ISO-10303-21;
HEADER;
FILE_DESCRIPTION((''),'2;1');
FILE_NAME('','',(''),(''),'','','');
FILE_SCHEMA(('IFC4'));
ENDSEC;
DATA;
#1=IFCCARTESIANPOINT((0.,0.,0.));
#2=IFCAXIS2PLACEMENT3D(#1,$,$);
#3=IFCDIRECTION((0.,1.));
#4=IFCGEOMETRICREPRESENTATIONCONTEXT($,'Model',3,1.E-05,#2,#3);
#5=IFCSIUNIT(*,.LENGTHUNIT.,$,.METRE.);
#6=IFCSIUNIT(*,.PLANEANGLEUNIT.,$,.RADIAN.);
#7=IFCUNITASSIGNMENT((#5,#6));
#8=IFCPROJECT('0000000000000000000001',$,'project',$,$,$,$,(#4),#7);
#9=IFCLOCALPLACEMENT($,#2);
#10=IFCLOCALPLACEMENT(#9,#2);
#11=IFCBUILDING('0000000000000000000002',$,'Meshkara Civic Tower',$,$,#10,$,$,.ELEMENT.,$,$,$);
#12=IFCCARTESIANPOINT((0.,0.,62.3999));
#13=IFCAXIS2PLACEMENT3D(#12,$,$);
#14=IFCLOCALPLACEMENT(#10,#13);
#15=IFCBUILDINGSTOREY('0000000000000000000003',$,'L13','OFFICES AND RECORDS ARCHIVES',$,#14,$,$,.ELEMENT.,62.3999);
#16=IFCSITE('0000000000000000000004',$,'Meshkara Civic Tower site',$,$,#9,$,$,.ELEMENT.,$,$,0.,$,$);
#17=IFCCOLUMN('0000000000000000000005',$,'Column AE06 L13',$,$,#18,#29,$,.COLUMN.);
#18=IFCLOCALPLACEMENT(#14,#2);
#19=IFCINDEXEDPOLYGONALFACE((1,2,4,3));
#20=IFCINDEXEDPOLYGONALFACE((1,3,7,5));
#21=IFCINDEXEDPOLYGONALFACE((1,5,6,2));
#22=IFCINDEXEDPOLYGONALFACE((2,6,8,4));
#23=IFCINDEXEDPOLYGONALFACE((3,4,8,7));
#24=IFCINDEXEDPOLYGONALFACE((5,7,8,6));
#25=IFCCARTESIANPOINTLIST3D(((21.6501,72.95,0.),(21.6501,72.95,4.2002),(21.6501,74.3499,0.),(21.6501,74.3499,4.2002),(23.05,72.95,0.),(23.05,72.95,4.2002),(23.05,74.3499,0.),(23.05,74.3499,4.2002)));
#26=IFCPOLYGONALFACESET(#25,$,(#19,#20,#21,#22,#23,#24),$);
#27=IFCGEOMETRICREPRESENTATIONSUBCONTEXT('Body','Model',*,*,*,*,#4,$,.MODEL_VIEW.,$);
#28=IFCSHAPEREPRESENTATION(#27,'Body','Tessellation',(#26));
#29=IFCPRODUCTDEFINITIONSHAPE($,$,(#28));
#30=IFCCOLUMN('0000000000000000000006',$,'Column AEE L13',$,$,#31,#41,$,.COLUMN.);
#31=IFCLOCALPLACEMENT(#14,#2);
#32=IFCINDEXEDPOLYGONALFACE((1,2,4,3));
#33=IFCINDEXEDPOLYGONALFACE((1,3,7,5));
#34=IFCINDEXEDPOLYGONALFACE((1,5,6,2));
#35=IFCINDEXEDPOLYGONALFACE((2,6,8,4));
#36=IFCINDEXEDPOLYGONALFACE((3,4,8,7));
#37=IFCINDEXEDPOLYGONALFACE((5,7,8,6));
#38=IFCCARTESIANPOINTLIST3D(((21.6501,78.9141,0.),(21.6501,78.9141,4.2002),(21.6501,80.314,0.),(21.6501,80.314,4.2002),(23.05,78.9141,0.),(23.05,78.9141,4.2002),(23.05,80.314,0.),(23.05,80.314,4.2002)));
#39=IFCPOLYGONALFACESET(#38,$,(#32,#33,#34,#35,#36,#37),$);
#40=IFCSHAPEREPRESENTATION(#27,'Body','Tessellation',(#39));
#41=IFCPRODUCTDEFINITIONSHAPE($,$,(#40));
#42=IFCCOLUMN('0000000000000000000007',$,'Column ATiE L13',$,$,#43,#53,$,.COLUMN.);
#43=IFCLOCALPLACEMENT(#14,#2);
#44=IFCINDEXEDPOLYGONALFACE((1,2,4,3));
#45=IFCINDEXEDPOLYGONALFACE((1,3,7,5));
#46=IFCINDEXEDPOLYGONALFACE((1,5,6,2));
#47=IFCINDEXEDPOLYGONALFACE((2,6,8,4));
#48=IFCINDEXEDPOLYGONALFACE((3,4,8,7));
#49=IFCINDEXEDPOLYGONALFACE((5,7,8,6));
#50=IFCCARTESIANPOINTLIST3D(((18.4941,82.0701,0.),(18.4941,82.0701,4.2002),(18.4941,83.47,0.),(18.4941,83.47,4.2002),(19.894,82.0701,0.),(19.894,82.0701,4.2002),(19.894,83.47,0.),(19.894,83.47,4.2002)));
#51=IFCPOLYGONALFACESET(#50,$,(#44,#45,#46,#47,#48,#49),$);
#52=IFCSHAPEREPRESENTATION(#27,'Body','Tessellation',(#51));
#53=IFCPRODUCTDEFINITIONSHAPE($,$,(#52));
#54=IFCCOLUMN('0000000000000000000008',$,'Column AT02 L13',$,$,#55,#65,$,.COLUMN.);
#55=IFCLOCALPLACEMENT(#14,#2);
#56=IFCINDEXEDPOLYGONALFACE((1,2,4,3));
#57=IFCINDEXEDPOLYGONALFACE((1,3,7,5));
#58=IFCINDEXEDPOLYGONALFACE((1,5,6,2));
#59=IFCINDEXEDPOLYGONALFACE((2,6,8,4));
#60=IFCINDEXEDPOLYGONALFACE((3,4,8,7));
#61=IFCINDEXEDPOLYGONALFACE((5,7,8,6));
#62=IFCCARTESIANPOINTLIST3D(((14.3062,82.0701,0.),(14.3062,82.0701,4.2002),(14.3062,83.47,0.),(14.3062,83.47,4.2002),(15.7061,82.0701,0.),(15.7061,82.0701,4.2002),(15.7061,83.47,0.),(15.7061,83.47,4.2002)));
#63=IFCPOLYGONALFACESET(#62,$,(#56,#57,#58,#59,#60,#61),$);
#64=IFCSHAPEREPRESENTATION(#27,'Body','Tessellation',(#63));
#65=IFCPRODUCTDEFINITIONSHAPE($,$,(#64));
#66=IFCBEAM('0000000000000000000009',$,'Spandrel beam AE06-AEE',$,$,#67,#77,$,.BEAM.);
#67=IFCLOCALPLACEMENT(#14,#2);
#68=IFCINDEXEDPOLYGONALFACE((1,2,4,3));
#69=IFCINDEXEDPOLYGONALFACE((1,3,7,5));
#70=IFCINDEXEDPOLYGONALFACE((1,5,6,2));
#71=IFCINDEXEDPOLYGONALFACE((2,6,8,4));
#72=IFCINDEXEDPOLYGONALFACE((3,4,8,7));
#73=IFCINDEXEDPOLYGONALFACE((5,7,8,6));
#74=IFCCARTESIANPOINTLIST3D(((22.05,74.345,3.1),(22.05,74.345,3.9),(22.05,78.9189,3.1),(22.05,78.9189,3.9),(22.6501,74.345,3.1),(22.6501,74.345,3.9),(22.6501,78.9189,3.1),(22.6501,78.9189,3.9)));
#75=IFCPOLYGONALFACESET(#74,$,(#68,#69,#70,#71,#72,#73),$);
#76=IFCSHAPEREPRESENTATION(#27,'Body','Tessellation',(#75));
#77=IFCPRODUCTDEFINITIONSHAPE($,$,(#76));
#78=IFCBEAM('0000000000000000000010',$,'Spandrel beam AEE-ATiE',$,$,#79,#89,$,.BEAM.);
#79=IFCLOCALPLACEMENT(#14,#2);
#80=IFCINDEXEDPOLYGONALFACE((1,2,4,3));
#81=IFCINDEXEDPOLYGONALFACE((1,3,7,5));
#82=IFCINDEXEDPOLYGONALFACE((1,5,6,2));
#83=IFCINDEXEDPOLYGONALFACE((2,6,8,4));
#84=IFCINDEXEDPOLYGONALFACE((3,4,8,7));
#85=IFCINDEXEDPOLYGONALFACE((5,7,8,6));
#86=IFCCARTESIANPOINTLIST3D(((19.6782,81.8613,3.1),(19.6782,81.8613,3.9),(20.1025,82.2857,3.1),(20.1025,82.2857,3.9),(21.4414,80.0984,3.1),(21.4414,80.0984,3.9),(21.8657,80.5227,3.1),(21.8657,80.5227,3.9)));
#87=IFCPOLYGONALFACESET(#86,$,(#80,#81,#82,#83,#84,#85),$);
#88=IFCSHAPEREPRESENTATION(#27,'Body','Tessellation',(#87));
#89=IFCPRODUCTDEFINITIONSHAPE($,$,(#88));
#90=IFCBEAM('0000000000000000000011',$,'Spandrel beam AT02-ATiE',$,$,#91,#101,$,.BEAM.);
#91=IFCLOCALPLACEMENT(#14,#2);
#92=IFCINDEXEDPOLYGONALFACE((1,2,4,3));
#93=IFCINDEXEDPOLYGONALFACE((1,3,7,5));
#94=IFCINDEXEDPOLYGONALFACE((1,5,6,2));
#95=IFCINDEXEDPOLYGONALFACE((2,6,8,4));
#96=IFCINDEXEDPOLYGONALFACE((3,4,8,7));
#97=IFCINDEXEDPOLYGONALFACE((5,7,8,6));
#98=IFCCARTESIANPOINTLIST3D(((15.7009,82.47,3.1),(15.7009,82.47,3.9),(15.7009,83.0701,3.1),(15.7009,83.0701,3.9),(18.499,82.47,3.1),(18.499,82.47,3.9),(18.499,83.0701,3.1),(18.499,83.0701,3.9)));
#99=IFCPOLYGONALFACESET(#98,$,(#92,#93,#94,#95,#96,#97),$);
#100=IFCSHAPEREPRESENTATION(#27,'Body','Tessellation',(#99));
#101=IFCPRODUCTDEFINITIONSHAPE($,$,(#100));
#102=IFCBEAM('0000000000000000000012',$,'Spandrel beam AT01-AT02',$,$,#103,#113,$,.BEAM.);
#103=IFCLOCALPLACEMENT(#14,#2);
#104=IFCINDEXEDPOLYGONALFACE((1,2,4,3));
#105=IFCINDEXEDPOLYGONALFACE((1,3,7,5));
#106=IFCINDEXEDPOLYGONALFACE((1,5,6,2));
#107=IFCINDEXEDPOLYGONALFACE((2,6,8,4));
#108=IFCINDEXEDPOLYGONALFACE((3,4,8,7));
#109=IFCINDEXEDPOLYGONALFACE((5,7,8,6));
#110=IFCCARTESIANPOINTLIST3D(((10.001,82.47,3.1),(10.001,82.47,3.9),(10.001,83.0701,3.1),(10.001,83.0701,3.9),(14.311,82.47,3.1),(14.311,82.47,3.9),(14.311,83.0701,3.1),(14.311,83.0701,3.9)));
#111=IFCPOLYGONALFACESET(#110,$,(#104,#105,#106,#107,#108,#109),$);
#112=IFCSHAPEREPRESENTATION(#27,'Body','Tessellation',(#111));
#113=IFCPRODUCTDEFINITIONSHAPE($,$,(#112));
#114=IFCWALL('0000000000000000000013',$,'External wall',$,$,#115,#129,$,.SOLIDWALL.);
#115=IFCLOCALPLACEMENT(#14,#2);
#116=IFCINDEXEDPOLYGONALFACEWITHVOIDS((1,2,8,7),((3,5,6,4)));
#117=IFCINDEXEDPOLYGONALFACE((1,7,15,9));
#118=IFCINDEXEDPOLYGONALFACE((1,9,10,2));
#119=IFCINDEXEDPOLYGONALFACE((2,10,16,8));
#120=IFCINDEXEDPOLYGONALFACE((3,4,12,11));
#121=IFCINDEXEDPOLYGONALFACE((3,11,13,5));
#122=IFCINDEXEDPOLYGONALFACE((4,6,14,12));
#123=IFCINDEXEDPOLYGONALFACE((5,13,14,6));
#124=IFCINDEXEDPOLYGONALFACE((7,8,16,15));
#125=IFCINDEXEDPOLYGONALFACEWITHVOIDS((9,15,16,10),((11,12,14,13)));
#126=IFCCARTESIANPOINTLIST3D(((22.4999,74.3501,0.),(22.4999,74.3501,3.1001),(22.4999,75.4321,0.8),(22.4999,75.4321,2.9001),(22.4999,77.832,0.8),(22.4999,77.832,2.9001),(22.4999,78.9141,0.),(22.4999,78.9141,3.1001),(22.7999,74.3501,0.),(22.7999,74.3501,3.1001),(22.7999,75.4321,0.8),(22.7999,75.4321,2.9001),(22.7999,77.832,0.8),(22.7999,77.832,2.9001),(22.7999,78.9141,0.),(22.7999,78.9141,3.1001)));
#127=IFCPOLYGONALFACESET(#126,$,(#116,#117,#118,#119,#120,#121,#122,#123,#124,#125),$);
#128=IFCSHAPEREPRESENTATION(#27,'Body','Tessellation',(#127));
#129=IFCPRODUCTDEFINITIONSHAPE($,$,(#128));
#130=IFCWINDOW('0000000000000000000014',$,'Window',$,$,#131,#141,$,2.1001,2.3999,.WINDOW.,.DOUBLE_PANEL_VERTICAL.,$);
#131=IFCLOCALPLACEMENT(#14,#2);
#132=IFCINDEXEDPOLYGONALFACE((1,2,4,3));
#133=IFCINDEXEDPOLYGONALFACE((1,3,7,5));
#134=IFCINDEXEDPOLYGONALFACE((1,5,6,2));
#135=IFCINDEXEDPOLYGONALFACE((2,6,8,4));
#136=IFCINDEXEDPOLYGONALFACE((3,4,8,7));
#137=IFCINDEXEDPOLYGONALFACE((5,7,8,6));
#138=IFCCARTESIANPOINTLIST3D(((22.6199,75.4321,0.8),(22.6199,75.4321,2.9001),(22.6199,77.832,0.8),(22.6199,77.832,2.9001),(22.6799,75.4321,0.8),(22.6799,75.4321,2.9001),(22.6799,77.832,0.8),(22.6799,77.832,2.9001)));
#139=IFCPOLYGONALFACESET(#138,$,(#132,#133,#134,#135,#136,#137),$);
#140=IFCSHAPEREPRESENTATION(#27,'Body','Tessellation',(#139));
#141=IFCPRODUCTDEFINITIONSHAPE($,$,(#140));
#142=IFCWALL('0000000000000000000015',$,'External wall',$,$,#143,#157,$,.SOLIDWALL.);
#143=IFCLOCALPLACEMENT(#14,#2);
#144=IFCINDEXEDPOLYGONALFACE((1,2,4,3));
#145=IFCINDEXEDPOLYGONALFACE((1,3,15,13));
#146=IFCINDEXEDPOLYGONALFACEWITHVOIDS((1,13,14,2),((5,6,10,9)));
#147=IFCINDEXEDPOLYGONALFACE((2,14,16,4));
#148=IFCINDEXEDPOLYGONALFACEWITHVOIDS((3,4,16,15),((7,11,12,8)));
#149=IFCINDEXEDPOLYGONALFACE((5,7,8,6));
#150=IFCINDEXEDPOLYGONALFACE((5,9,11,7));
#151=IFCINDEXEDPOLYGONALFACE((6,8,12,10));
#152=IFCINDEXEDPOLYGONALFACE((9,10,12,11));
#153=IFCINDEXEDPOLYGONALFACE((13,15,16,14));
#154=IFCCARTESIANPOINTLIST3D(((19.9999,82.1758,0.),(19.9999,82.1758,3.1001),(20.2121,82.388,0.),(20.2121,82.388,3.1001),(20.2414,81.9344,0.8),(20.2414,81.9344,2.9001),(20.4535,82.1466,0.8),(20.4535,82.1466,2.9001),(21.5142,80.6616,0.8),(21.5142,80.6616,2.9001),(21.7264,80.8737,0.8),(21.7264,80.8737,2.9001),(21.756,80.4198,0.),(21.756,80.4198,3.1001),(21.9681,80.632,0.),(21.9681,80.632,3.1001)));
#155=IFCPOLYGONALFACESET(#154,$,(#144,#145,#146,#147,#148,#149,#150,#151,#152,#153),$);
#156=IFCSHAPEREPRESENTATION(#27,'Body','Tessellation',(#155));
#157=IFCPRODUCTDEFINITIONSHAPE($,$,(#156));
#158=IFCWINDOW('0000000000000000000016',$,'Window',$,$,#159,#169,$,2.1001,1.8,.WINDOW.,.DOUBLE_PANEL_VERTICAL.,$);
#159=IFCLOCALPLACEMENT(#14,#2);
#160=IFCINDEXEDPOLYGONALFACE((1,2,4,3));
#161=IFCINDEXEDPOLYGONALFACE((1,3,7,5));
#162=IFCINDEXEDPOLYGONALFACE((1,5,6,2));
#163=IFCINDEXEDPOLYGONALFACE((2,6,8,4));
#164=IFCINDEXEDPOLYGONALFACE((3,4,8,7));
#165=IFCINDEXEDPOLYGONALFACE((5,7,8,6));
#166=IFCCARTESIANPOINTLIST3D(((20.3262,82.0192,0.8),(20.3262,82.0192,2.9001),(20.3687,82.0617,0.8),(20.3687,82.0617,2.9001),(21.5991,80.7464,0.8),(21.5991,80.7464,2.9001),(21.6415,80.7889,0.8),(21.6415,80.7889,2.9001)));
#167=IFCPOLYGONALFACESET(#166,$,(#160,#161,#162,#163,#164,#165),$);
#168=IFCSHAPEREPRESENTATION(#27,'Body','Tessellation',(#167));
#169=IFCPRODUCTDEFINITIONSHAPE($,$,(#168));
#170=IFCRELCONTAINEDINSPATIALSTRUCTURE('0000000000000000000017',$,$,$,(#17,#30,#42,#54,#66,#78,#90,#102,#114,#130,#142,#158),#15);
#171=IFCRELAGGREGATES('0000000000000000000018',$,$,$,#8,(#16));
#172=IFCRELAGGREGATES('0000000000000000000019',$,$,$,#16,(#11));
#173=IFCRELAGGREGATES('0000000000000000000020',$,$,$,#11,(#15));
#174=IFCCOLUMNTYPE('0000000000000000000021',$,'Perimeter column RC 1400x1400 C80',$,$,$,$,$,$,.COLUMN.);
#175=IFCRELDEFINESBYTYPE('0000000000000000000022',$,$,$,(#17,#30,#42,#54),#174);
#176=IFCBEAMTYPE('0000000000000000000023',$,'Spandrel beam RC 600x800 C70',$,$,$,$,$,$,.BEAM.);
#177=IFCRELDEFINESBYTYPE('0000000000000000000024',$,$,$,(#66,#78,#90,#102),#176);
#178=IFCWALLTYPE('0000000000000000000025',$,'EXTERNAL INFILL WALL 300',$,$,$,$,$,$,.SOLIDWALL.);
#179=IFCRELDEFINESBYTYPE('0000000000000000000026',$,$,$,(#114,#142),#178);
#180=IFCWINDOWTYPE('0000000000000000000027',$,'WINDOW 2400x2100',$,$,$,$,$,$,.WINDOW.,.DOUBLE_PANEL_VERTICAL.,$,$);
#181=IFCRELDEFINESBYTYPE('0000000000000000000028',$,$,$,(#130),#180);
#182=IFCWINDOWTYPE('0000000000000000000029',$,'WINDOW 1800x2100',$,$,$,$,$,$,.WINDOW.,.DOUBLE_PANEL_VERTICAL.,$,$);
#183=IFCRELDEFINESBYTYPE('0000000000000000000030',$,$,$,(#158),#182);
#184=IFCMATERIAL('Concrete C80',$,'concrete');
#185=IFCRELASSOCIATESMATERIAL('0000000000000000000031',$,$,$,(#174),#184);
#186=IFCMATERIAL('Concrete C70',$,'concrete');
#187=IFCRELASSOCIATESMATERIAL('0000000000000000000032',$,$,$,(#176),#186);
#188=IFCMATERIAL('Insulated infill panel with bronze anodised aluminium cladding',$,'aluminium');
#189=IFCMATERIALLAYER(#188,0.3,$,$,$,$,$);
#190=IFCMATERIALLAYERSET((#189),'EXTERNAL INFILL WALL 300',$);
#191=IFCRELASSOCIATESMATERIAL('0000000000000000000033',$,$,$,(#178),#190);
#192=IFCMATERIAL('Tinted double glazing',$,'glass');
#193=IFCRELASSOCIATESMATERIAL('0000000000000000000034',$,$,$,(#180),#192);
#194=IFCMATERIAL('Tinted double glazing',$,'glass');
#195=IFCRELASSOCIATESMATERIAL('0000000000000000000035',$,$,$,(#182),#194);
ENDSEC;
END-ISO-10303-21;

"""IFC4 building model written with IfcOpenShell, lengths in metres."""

from ifc_helpers import new_model, si_unit, direction, frame, frame_2d, origin, origin_2d, place, context, subcontext, project, spatial, rectangle, extrude, material, layer, layer_set, material_profile, profile_set, type_object, element, fill, save


model = new_model("IFC4")

# Units and contexts
model_context = context("Model", 3, precision=1e-05, world=origin(), true_north=direction((0.0, 1.0)))
body_context = subcontext(model_context, "Body", "Model", "MODEL_VIEW")
ifc_project = project(units=[si_unit("LENGTHUNIT", "METRE"), si_unit("PLANEANGLEUNIT", "RADIAN")], contexts=[model_context])

# Site, building, storey
site_placement = place(None, origin())
site = spatial("IfcSite", under=ifc_project, at=site_placement, Name="Meshkara Civic Tower site", CompositionType="ELEMENT", RefElevation=0.0)
building_placement = place(site_placement, origin())
building = spatial("IfcBuilding", under=site, at=building_placement, Name="Meshkara Civic Tower", CompositionType="ELEMENT")
storey_placement = place(building_placement, frame((0.0, 0.0, 62.3999)))
storey = spatial("IfcBuildingStorey", under=building, at=storey_placement, Name="L13", Description="OFFICES AND RECORDS ARCHIVES", CompositionType="ELEMENT", Elevation=62.3999)

# Columns
ifc_material_1 = material(Name="Concrete C80", Category="concrete")
ifc_material_profile_1 = material_profile(ifc_material_1, rectangle(XDim=1.3999, YDim=1.3999, at=origin_2d()))
ifc_profile_set_1 = profile_set([ifc_material_profile_1], Name="Concrete C80")
column_type = type_object("IfcColumnType", Name="Perimeter column RC 1400x1400 C80", PredefinedType="COLUMN", material=ifc_profile_set_1)
for number, where, z_axis, x_axis, name in (
    (1, (22.3501, 73.6499, 0.0), (0.0, 0.0, 1.0), (1.0, 0.0, 0.0), "Column AE06 L13"),
    (2, (22.3501, 79.614, 0.0), (0.0, 0.0, 1.0), (1.0, 0.0, 0.0), "Column AEE L13"),
    (3, (19.1941, 82.77, 0.0), (0.0, 0.0, 1.0), (1.0, 0.0, 0.0), "Column ATiE L13"),
    (4, (15.0061, 82.77, 0.0), (0.0, 0.0, 1.0), (1.0, 0.0, 0.0), "Column AT02 L13"),
):
    element("IfcColumn", number, at=place(storey_placement, frame(where, z_axis=z_axis, x_axis=x_axis)), inside=storey, type_object=column_type, Name=name, PredefinedType="COLUMN", context=body_context, shape_type="SweptSolid", body=[
        extrude(rectangle(XDim=1.3999, YDim=1.3999, at=origin_2d()), origin(), (0.0, 0.0, 1.0), 4.2002),
    ])

# Beams
ifc_material_2 = material(Name="Concrete C70", Category="concrete")
ifc_material_profile_2 = material_profile(ifc_material_2, rectangle(XDim=0.6001, YDim=0.8, at=origin_2d()))
ifc_profile_set_2 = profile_set([ifc_material_profile_2], Name="Concrete C70")
beam_type = type_object("IfcBeamType", Name="Spandrel beam RC 600x800 C70", PredefinedType="BEAM", material=ifc_profile_set_2)
beam_1_placement = place(storey_placement, frame((22.3501, 74.345, 3.5), z_axis=(0.0, 1.0, 0.0), x_axis=(-1.0, 0.0, 0.0)))
element("IfcBeam", 5, at=beam_1_placement, inside=storey, type_object=beam_type, Name="Spandrel beam AE06-AEE", PredefinedType="BEAM", context=body_context, shape_type="SweptSolid", body=[
    extrude(rectangle(XDim=0.6001, YDim=0.8, at=origin_2d()), origin(), (0.0, 0.0, 1.0), 4.574),
])
beam_2_placement = place(storey_placement, frame((21.6536, 80.3105, 3.5), z_axis=(-0.707156, 0.707058, 0.0), x_axis=(-0.707058, -0.707156, 0.0)))
element("IfcBeam", 6, at=beam_2_placement, inside=storey, type_object=beam_type, Name="Spandrel beam AEE-ATiE", PredefinedType="BEAM", context=body_context, shape_type="SweptSolid", body=[
    extrude(rectangle(XDim=0.6001, YDim=0.8, at=origin_2d()), origin(), (0.0, 0.0, 1.0), 2.4934),
])
beam_3_placement = place(storey_placement, frame((18.499, 82.77, 3.5), z_axis=(-1.0, 0.0, 0.0), x_axis=(0.0, -1.0, 0.0)))
element("IfcBeam", 7, at=beam_3_placement, inside=storey, type_object=beam_type, Name="Spandrel beam AT02-ATiE", PredefinedType="BEAM", context=body_context, shape_type="SweptSolid", body=[
    extrude(rectangle(XDim=0.6001, YDim=0.8, at=origin_2d()), origin(), (0.0, 0.0, 1.0), 2.7981),
])
beam_4_placement = place(storey_placement, frame((14.311, 82.77, 3.5), z_axis=(-1.0, 0.0, 0.0), x_axis=(0.0, -1.0, 0.0)))
element("IfcBeam", 8, at=beam_4_placement, inside=storey, type_object=beam_type, Name="Spandrel beam AT01-AT02", PredefinedType="BEAM", context=body_context, shape_type="SweptSolid", body=[
    extrude(rectangle(XDim=0.6001, YDim=0.8, at=origin_2d()), origin(), (0.0, 0.0, 1.0), 4.3101),
])

# Walls, openings, windows
ifc_material_3 = material(Name="Insulated infill panel with bronze anodised aluminium cladding", Category="aluminium")
ifc_layer = layer(ifc_material_3, 0.3)
ifc_layer_set = layer_set([ifc_layer], Name="EXTERNAL INFILL WALL 300")
wall_type = type_object("IfcWallType", Name="EXTERNAL INFILL WALL 300", PredefinedType="SOLIDWALL", material=ifc_layer_set)
wall_1_placement = place(storey_placement, frame((22.6499, 74.3501, 0.0), z_axis=(0.0, 0.0, 1.0), x_axis=(0.0, 1.0, 0.0)))
wall_1 = element("IfcWall", 9, at=wall_1_placement, inside=storey, type_object=wall_type, Name="External wall", PredefinedType="SOLIDWALL", context=body_context, shape_type="SweptSolid", body=[
    extrude(rectangle(XDim=4.564, YDim=0.3, at=frame_2d((2.282, 0.0))), origin(), (0.0, 0.0, 1.0), 3.1001),
])
opening_1_placement = place(wall_1_placement, frame((1.082, 0.0, 0.8)))
opening_1 = element("IfcOpeningElement", 10, at=opening_1_placement, cuts=wall_1, PredefinedType="OPENING", context=body_context, shape_type="SweptSolid", body=[
    extrude(rectangle(XDim=2.3999, YDim=2.1001, at=frame_2d((1.2, 1.05))), frame((0.0, 0.1599, 0.0), z_axis=(0.0, -1.0, 0.0), x_axis=(1.0, 0.0, 0.0)), (0.0, 0.0, 1.0), 0.3201),
])
ifc_material_4 = material(Name="Tinted double glazing", Category="glass")
window_type_1 = type_object("IfcWindowType", Name="WINDOW 2400x2100", PartitioningType="DOUBLE_PANEL_VERTICAL", PredefinedType="WINDOW", material=ifc_material_4)
window_1_placement = place(opening_1_placement, origin())
window_1 = element("IfcWindow", 11, at=window_1_placement, inside=storey, type_object=window_type_1, Name="Window", OverallHeight=2.1001, OverallWidth=2.3999, PartitioningType="DOUBLE_PANEL_VERTICAL", PredefinedType="WINDOW", context=body_context, shape_type="SweptSolid", body=[
    extrude(rectangle(XDim=2.3999, YDim=2.1001, at=frame_2d((1.2, 1.05))), frame((0.0, 0.03, 0.0), z_axis=(0.0, -1.0, 0.0), x_axis=(1.0, 0.0, 0.0)), (0.0, 0.0, 1.0), 0.0601),
])
fill(opening_1, window_1)
wall_2_placement = place(storey_placement, frame((21.8621, 80.5259, 0.0), z_axis=(0.0, 0.0, 1.0), x_axis=(-0.707107, 0.707107, 0.0)))
wall_2 = element("IfcWall", 12, at=wall_2_placement, inside=storey, type_object=wall_type, Name="External wall", PredefinedType="SOLIDWALL", context=body_context, shape_type="SweptSolid", body=[
    extrude(rectangle(XDim=2.4834, YDim=0.3, at=frame_2d((1.2417, 0.0))), origin(), (0.0, 0.0, 1.0), 3.1001),
])
opening_2_placement = place(wall_2_placement, frame((0.342, 0.0, 0.8)))
opening_2 = element("IfcOpeningElement", 13, at=opening_2_placement, cuts=wall_2, PredefinedType="OPENING", context=body_context, shape_type="SweptSolid", body=[
    extrude(rectangle(XDim=1.8, YDim=2.1001, at=frame_2d((0.8999, 1.05))), frame((0.0, 0.1599, 0.0), z_axis=(0.0, -1.0, 0.0), x_axis=(1.0, 0.0, 0.0)), (0.0, 0.0, 1.0), 0.3201),
])
ifc_material_5 = material(Name="Tinted double glazing", Category="glass")
window_type_2 = type_object("IfcWindowType", Name="WINDOW 1800x2100", PartitioningType="DOUBLE_PANEL_VERTICAL", PredefinedType="WINDOW", material=ifc_material_5)
window_2_placement = place(opening_2_placement, origin())
window_2 = element("IfcWindow", 14, at=window_2_placement, inside=storey, type_object=window_type_2, Name="Window", OverallHeight=2.1001, OverallWidth=1.8, PartitioningType="DOUBLE_PANEL_VERTICAL", PredefinedType="WINDOW", context=body_context, shape_type="SweptSolid", body=[
    extrude(rectangle(XDim=1.8, YDim=2.1001, at=frame_2d((0.8999, 1.05))), frame((0.0, 0.03, 0.0), z_axis=(0.0, -1.0, 0.0), x_axis=(1.0, 0.0, 0.0)), (0.0, 0.0, 1.0), 0.0601),
])
fill(opening_2, window_2)

save(model, "model.ifc")
